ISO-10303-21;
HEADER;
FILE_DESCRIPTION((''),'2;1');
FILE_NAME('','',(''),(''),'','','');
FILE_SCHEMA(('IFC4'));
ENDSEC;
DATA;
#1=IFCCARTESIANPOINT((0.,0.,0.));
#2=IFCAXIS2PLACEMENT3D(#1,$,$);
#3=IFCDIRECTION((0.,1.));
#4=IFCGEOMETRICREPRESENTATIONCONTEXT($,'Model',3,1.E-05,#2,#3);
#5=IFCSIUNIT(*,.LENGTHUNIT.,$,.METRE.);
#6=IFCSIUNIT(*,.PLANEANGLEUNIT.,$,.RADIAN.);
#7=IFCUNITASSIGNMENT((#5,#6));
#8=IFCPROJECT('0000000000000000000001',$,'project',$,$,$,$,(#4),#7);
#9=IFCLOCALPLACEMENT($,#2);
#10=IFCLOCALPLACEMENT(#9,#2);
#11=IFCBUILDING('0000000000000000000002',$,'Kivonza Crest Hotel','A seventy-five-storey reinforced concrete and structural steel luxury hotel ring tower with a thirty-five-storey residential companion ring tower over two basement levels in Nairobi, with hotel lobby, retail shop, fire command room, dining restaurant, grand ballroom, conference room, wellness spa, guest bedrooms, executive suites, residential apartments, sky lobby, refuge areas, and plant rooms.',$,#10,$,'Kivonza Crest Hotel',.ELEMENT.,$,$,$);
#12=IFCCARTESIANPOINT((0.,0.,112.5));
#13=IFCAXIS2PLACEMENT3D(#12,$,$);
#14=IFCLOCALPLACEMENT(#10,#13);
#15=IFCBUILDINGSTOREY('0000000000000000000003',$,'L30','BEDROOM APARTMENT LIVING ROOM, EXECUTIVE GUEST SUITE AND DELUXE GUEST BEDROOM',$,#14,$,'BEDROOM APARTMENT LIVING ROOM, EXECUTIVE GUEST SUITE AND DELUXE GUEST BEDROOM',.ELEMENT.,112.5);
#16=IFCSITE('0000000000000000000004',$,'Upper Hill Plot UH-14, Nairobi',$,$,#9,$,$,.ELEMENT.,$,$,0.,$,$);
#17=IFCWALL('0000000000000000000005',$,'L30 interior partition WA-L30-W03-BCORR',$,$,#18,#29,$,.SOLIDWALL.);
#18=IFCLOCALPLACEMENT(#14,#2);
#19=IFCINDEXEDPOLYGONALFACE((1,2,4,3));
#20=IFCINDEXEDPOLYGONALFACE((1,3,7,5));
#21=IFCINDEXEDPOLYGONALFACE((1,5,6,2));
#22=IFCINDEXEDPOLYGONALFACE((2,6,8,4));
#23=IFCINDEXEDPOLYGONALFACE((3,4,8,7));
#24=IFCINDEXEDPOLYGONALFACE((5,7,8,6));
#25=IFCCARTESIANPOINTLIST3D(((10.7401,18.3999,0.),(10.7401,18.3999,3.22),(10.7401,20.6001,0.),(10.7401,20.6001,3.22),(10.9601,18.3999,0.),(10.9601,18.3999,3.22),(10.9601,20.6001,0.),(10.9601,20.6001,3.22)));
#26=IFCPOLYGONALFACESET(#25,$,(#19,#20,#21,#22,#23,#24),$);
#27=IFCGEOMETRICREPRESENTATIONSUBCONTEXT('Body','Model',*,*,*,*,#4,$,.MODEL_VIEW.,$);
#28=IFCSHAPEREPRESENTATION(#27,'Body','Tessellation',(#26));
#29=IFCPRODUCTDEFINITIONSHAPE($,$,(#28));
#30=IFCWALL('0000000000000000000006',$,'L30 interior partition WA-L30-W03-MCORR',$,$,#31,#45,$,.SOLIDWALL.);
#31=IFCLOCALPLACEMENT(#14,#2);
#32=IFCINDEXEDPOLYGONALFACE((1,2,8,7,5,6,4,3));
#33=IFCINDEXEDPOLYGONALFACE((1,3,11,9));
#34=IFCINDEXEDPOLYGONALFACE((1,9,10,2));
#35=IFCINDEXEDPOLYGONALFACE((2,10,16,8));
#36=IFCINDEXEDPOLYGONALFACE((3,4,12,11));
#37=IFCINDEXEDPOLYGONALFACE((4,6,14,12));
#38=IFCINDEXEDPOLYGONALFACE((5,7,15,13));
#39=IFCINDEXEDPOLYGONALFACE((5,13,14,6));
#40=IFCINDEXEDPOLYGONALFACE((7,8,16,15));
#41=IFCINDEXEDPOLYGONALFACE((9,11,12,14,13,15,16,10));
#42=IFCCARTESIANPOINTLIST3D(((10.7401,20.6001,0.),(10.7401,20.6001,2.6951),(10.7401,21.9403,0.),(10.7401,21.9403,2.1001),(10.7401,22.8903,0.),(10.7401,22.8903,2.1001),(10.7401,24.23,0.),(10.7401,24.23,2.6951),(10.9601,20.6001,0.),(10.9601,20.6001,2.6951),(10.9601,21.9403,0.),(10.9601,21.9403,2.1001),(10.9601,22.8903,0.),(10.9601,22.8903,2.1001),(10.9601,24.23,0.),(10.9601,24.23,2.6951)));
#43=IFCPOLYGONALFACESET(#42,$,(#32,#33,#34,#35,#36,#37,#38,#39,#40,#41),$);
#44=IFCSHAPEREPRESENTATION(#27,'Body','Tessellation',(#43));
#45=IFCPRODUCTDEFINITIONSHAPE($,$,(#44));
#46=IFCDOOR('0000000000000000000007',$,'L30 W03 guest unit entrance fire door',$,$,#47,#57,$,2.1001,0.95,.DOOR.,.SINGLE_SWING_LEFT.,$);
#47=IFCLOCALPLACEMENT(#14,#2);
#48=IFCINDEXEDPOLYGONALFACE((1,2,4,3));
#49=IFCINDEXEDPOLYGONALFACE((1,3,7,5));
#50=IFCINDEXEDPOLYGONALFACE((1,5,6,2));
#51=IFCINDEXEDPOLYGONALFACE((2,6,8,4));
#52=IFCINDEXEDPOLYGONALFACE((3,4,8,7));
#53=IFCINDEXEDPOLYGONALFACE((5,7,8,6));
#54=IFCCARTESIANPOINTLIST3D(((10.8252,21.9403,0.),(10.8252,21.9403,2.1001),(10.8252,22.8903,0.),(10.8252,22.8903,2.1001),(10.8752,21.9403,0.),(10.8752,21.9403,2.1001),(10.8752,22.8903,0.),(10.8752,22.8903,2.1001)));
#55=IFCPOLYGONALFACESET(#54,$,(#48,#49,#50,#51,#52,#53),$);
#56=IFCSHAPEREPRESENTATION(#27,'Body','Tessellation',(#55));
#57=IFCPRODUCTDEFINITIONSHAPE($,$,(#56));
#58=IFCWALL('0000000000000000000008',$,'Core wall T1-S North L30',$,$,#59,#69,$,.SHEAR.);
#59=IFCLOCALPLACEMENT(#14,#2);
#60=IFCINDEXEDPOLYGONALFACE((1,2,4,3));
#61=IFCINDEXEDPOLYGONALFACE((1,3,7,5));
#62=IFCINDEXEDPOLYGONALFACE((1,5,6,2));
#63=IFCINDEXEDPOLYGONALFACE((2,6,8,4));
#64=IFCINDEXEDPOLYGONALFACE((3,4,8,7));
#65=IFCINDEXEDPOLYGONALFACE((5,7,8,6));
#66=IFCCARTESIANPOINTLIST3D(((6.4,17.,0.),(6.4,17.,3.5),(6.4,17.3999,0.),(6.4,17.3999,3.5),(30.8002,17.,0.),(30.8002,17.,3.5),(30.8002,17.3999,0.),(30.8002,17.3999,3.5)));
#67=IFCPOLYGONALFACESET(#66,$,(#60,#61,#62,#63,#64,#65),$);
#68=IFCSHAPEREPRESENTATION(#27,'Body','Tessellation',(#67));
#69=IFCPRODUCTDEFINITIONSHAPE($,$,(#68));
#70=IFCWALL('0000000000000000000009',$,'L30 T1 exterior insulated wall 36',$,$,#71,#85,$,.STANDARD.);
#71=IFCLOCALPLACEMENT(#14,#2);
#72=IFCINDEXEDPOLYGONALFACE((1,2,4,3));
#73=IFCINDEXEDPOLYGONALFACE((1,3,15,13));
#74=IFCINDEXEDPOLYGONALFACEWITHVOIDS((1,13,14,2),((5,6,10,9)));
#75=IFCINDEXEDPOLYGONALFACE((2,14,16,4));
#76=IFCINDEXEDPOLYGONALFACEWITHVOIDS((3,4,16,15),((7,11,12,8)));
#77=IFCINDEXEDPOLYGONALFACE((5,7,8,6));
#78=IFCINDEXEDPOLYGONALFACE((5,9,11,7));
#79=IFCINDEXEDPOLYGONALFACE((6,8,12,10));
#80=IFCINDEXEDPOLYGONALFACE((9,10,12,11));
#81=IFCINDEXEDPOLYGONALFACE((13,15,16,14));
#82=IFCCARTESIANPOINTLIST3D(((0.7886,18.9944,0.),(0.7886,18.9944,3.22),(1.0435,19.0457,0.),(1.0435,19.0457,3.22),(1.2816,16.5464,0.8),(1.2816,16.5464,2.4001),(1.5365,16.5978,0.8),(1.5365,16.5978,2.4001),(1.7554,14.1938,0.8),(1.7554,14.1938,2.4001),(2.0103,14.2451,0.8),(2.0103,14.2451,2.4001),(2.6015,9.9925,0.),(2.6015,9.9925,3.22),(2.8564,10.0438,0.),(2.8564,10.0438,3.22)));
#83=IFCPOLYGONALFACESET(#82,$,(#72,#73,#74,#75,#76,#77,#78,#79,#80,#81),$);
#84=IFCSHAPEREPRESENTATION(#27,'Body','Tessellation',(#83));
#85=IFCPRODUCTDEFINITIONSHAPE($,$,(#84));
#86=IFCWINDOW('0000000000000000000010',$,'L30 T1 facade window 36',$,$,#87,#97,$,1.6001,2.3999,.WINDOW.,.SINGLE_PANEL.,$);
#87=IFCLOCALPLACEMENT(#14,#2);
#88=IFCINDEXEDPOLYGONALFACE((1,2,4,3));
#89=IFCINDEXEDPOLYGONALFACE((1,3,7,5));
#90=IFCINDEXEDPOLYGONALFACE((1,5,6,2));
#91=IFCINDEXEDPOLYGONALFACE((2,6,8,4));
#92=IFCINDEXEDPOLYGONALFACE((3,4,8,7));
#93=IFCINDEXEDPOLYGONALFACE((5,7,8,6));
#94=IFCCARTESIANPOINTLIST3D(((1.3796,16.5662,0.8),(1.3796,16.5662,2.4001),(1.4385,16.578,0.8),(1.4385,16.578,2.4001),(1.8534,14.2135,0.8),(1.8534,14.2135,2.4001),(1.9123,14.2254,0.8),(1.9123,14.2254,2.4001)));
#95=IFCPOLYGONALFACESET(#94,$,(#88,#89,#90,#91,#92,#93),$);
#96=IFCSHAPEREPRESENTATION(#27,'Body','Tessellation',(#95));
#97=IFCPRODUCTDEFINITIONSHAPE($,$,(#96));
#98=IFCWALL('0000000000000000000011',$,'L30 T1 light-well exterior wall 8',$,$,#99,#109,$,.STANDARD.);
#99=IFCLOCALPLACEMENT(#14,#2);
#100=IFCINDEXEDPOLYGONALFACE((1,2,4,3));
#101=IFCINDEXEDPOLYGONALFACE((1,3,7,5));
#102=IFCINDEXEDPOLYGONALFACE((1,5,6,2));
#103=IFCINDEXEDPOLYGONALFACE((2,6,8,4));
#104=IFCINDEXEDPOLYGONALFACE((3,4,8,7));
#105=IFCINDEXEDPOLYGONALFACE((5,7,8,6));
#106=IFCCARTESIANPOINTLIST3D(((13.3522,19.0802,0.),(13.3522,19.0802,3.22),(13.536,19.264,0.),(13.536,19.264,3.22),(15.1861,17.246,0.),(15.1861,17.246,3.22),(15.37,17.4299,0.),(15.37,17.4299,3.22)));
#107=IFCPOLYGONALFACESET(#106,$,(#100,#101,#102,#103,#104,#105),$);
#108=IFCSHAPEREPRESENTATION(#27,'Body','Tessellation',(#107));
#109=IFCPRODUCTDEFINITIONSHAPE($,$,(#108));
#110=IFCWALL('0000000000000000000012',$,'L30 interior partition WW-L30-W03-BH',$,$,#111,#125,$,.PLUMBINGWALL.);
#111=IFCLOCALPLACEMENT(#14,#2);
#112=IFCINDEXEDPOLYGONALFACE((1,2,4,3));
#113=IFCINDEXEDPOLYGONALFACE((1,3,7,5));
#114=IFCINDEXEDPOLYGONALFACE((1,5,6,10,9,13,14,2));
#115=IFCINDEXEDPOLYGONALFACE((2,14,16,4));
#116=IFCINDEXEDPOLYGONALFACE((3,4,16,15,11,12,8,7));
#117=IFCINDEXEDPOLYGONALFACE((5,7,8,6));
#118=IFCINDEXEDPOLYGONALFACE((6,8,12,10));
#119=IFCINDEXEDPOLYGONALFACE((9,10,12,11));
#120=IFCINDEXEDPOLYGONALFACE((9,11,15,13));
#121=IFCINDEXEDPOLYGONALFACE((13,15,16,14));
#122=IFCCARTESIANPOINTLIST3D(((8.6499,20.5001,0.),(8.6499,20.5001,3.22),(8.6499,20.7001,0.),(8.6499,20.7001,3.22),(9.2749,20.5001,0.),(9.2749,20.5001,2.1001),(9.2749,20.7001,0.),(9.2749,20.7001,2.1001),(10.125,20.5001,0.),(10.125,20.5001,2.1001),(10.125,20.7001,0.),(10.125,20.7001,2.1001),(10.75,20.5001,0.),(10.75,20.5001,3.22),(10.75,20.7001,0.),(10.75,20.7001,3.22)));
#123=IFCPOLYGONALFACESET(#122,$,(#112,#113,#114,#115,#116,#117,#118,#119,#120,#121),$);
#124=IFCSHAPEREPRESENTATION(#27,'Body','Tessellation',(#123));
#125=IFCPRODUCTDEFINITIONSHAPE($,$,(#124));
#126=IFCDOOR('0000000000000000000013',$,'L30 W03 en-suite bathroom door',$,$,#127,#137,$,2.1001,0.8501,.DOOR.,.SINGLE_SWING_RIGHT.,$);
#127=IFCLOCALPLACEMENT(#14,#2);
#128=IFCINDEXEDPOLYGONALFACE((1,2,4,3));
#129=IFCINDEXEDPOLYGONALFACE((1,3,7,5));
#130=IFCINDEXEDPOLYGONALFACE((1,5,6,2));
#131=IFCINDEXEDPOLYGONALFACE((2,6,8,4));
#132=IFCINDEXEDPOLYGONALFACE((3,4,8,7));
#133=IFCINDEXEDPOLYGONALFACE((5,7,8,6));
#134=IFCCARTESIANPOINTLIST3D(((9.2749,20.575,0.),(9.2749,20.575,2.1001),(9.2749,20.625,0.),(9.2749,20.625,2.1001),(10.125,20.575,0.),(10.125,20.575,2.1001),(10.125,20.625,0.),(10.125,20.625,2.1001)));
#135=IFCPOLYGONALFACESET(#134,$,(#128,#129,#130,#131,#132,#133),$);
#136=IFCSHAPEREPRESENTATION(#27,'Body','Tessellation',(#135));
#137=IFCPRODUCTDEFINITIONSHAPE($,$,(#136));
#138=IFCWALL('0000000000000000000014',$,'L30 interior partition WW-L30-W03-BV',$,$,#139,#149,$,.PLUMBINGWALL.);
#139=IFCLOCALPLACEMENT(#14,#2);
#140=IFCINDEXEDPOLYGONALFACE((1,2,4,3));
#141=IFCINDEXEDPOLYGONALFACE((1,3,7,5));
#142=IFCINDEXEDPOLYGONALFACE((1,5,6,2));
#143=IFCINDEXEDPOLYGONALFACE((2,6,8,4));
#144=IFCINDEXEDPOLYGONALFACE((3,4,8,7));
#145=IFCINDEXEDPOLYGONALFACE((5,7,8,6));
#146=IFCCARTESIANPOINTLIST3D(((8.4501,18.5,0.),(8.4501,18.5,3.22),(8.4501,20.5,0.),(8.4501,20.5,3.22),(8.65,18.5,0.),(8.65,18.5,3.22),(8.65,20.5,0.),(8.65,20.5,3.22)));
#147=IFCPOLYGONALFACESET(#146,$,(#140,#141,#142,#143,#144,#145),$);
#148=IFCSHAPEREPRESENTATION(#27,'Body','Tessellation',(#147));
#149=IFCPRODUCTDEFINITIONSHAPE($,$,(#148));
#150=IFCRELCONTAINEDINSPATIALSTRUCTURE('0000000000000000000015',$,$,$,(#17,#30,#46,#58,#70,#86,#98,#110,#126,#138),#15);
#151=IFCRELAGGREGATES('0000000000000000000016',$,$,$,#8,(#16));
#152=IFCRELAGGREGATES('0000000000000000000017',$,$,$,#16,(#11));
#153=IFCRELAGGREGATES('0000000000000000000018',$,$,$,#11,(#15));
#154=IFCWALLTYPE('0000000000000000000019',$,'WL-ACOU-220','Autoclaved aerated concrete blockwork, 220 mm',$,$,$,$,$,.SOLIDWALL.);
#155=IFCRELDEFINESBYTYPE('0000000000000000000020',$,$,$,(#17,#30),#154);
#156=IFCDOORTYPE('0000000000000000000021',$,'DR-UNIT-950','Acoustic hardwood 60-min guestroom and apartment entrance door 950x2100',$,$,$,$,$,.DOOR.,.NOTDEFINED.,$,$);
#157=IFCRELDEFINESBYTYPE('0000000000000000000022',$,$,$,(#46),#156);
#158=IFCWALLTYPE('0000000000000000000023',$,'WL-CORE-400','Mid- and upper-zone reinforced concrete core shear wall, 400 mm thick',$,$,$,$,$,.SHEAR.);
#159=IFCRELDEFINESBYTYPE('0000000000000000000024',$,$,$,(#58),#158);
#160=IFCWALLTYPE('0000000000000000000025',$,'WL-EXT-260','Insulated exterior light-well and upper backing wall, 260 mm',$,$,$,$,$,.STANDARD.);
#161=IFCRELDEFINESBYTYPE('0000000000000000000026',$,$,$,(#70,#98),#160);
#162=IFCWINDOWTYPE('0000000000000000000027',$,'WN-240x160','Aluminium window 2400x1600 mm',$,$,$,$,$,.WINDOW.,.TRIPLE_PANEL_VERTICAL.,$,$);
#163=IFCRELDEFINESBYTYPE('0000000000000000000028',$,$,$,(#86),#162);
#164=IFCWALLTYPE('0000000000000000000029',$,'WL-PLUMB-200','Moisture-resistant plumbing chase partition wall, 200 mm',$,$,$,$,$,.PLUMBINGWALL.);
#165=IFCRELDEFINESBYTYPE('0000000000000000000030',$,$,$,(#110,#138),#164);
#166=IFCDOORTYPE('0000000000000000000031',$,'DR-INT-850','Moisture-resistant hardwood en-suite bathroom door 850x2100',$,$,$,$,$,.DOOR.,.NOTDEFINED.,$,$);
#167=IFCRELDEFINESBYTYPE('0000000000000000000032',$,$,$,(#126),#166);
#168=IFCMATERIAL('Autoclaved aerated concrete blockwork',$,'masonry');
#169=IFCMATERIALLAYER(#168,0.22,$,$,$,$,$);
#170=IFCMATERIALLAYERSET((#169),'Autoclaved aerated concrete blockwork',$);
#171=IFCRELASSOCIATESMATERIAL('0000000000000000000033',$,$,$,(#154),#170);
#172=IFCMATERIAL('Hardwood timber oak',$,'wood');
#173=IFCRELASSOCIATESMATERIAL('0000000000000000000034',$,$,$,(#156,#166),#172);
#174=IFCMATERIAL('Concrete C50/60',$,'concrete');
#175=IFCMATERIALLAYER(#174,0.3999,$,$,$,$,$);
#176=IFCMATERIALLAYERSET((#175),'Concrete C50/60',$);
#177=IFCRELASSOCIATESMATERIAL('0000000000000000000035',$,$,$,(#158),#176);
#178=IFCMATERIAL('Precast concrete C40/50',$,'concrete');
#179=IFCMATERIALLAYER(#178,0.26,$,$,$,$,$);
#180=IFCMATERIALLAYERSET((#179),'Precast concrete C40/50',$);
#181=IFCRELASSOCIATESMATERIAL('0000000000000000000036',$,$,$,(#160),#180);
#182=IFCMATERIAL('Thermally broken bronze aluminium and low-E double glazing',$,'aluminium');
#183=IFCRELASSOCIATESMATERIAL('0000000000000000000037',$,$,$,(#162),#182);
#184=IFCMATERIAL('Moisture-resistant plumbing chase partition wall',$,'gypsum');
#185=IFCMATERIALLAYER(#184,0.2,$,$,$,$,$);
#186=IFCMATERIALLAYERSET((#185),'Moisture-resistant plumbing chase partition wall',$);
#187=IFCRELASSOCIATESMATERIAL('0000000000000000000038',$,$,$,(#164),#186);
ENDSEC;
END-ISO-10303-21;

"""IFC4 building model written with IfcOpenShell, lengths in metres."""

from ifc_helpers import new_model, si_unit, direction, frame, frame_2d, origin, place, context, subcontext, project, spatial, rectangle, extrude, material, layer, layer_set, type_object, element, fill, save


model = new_model("IFC4")

# Units and contexts
model_context = context("Model", 3, precision=1e-05, world=origin(), true_north=direction((0.0, 1.0)))
body_context = subcontext(model_context, "Body", "Model", "MODEL_VIEW")
ifc_project = project(units=[si_unit("LENGTHUNIT", "METRE"), si_unit("PLANEANGLEUNIT", "RADIAN")], contexts=[model_context])

# Site, building, storey
site_placement = place(None, origin())
site = spatial("IfcSite", under=ifc_project, at=site_placement, Name="Upper Hill Plot UH-14, Nairobi", CompositionType="ELEMENT", RefElevation=0.0)
building_placement = place(site_placement, origin())
building = spatial("IfcBuilding", under=site, at=building_placement, Name="Kivonza Crest Hotel", Description="A seventy-five-storey reinforced concrete and structural steel luxury hotel ring tower with a thirty-five-storey residential companion ring tower over two basement levels in Nairobi, with hotel lobby, retail shop, fire command room, dining restaurant, grand ballroom, conference room, wellness spa, guest bedrooms, executive suites, residential apartments, sky lobby, refuge areas, and plant rooms.", LongName="Kivonza Crest Hotel", CompositionType="ELEMENT")
storey_placement = place(building_placement, frame((0.0, 0.0, 112.5)))
storey = spatial("IfcBuildingStorey", under=building, at=storey_placement, Name="L30", Description="BEDROOM APARTMENT LIVING ROOM, EXECUTIVE GUEST SUITE AND DELUXE GUEST BEDROOM", LongName="BEDROOM APARTMENT LIVING ROOM, EXECUTIVE GUEST SUITE AND DELUXE GUEST BEDROOM", CompositionType="ELEMENT", Elevation=112.5)

# Shared definitions
ifc_material_1 = material(Name="Concrete C50/60", Category="concrete")

# Wall
ifc_material_2 = material(Name="Autoclaved aerated concrete blockwork", Category="masonry")
ifc_layer_1 = layer(ifc_material_2, 0.22)
ifc_layer_set_1 = layer_set([ifc_layer_1], Name="Autoclaved aerated concrete blockwork")
wall_type_1 = type_object("IfcWallType", Name="WL-ACOU-220", Description="Autoclaved aerated concrete blockwork, 220 mm", PredefinedType="SOLIDWALL", material=ifc_layer_set_1)
wall_1_placement = place(storey_placement, frame((10.8501, 18.3999, 0.0), z_axis=(0.0, 0.0, 1.0), x_axis=(0.0, 1.0, 0.0)))
element("IfcWall", 1, at=wall_1_placement, inside=storey, type_object=wall_type_1, Name="L30 interior partition WA-L30-W03-BCORR", PredefinedType="SOLIDWALL", context=body_context, shape_type="SweptSolid", body=[
    extrude(rectangle(XDim=2.2002, YDim=0.22, at=frame_2d((1.1001, 0.0))), origin(), (0.0, 0.0, 1.0), 3.22),
])

# Wall, opening, door
wall_2_placement = place(storey_placement, frame((10.8501, 20.6001, 0.0), z_axis=(0.0, 0.0, 1.0), x_axis=(0.0, 1.0, 0.0)))
wall_2 = element("IfcWall", 2, at=wall_2_placement, inside=storey, type_object=wall_type_1, Name="L30 interior partition WA-L30-W03-MCORR", PredefinedType="SOLIDWALL", context=body_context, shape_type="SweptSolid", body=[
    extrude(rectangle(XDim=3.6299, YDim=0.22, at=frame_2d((1.8149, 0.0))), origin(), (0.0, 0.0, 1.0), 2.6951),
])
opening_1_placement = place(wall_2_placement, frame((1.3401, 0.0, 0.0)))
opening_1 = element("IfcOpeningElement", 3, at=opening_1_placement, cuts=wall_2, PredefinedType="OPENING", context=body_context, shape_type="SweptSolid", body=[
    extrude(rectangle(XDim=0.95, YDim=2.1001, at=frame_2d((0.4751, 1.05))), frame((0.0, 0.1201, 0.0), z_axis=(0.0, -1.0, 0.0), x_axis=(1.0, 0.0, 0.0)), (0.0, 0.0, 1.0), 0.24),
])
ifc_material_3 = material(Name="Hardwood timber oak", Category="wood")
door_type_1 = type_object("IfcDoorType", Name="DR-UNIT-950", Description="Acoustic hardwood 60-min guestroom and apartment entrance door 950x2100", OperationType="NOTDEFINED", PredefinedType="DOOR", material=ifc_material_3)
door_1_placement = place(opening_1_placement, origin())
door_1 = element("IfcDoor", 4, at=door_1_placement, inside=storey, type_object=door_type_1, Name="L30 W03 guest unit entrance fire door", OperationType="SINGLE_SWING_LEFT", OverallHeight=2.1001, OverallWidth=0.95, PredefinedType="DOOR", context=body_context, shape_type="SweptSolid", body=[
    extrude(rectangle(XDim=0.95, YDim=2.1001, at=frame_2d((0.4751, 1.05))), frame((0.0, 0.0249, 0.0), z_axis=(0.0, -1.0, 0.0), x_axis=(1.0, 0.0, 0.0)), (0.0, 0.0, 1.0), 0.05),
])
fill(opening_1, door_1)

# Wall
ifc_layer_2 = layer(ifc_material_1, 0.3999)
ifc_layer_set_2 = layer_set([ifc_layer_2], Name="Concrete C50/60")
wall_type_2 = type_object("IfcWallType", Name="WL-CORE-400", Description="Mid- and upper-zone reinforced concrete core shear wall, 400 mm thick", PredefinedType="SHEAR", material=ifc_layer_set_2)
wall_3_placement = place(storey_placement, frame((6.3999, 17.2, 0.0), z_axis=(0.0, 0.0, 1.0), x_axis=(1.0, 0.0, 0.0)))
element("IfcWall", 5, at=wall_3_placement, inside=storey, type_object=wall_type_2, Name="Core wall T1-S North L30", PredefinedType="SHEAR", context=body_context, shape_type="SweptSolid", body=[
    extrude(rectangle(XDim=24.4001, YDim=0.3999, at=frame_2d((12.2002, 0.0))), origin(), (0.0, 0.0, 1.0), 3.5),
])

# Wall, opening, window
ifc_material_4 = material(Name="Precast concrete C40/50", Category="concrete")
ifc_layer_3 = layer(ifc_material_4, 0.26)
ifc_layer_set_3 = layer_set([ifc_layer_3], Name="Precast concrete C40/50")
wall_type_3 = type_object("IfcWallType", Name="WL-EXT-260", Description="Insulated exterior light-well and upper backing wall, 260 mm", PredefinedType="STANDARD", material=ifc_layer_set_3)
wall_4_placement = place(storey_placement, frame((0.916, 19.02, 0.0), z_axis=(0.0, 0.0, 1.0), x_axis=(0.197435, -0.980316, 0.0)))
wall_4 = element("IfcWall", 6, at=wall_4_placement, inside=storey, type_object=wall_type_3, Name="L30 T1 exterior insulated wall 36", PredefinedType="STANDARD", context=body_context, shape_type="SweptSolid", body=[
    extrude(rectangle(XDim=9.1826, YDim=0.26, at=frame_2d((4.5913, 0.0))), origin(), (0.0, 0.0, 1.0), 3.22),
])
opening_2_placement = place(wall_4_placement, frame((2.4971, 0.0, 0.8)))
opening_2 = element("IfcOpeningElement", 7, at=opening_2_placement, cuts=wall_4, PredefinedType="OPENING", context=body_context, shape_type="SweptSolid", body=[
    extrude(rectangle(XDim=2.3999, YDim=1.6001, at=frame_2d((1.2, 0.8))), frame((0.0, 0.1401, 0.0), z_axis=(0.0, -1.0, 0.0), x_axis=(1.0, 0.0, 0.0)), (0.0, 0.0, 1.0), 0.28),
])
ifc_material_5 = material(Name="Thermally broken bronze aluminium and low-E double glazing", Category="aluminium")
window_type = type_object("IfcWindowType", Name="WN-240x160", Description="Aluminium window 2400x1600 mm", PartitioningType="TRIPLE_PANEL_VERTICAL", PredefinedType="WINDOW", material=ifc_material_5)
window_placement = place(opening_2_placement, origin())
window = element("IfcWindow", 8, at=window_placement, inside=storey, type_object=window_type, Name="L30 T1 facade window 36", OverallHeight=1.6001, OverallWidth=2.3999, PartitioningType="SINGLE_PANEL", PredefinedType="WINDOW", context=body_context, shape_type="SweptSolid", body=[
    extrude(rectangle(XDim=2.3999, YDim=1.6001, at=frame_2d((1.2, 0.8))), frame((0.0, 0.03, 0.0), z_axis=(0.0, -1.0, 0.0), x_axis=(1.0, 0.0, 0.0)), (0.0, 0.0, 1.0), 0.0601),
])
fill(opening_2, window)

# Wall
wall_5_placement = place(storey_placement, frame((13.4441, 19.1721, 0.0), z_axis=(0.0, 0.0, 1.0), x_axis=(0.70706, -0.707154, 0.0)))
element("IfcWall", 9, at=wall_5_placement, inside=storey, type_object=wall_type_3, Name="L30 T1 light-well exterior wall 8", PredefinedType="STANDARD", context=body_context, shape_type="SweptSolid", body=[
    extrude(rectangle(XDim=2.5938, YDim=0.26, at=frame_2d((1.2969, 0.0))), origin(), (0.0, 0.0, 1.0), 3.22),
])

# Wall, opening, door
ifc_material_6 = material(Name="Moisture-resistant plumbing chase partition wall", Category="gypsum")
ifc_layer_4 = layer(ifc_material_6, 0.2)
ifc_layer_set_4 = layer_set([ifc_layer_4], Name="Moisture-resistant plumbing chase partition wall")
wall_type_4 = type_object("IfcWallType", Name="WL-PLUMB-200", Description="Moisture-resistant plumbing chase partition wall, 200 mm", PredefinedType="PLUMBINGWALL", material=ifc_layer_set_4)
wall_6_placement = place(storey_placement, frame((8.6499, 20.6001, 0.0), z_axis=(0.0, 0.0, 1.0), x_axis=(1.0, 0.0, 0.0)))
wall_6 = element("IfcWall", 10, at=wall_6_placement, inside=storey, type_object=wall_type_4, Name="L30 interior partition WW-L30-W03-BH", PredefinedType="PLUMBINGWALL", context=body_context, shape_type="SweptSolid", body=[
    extrude(rectangle(XDim=2.1001, YDim=0.2, at=frame_2d((1.05, 0.0))), origin(), (0.0, 0.0, 1.0), 3.22),
])
opening_3_placement = place(wall_6_placement, frame((0.625, 0.0, 0.0)))
opening_3 = element("IfcOpeningElement", 11, at=opening_3_placement, cuts=wall_6, PredefinedType="OPENING", context=body_context, shape_type="SweptSolid", body=[
    extrude(rectangle(XDim=0.8501, YDim=2.1001, at=frame_2d((0.425, 1.05))), frame((0.0, 0.1099, 0.0), z_axis=(0.0, -1.0, 0.0), x_axis=(1.0, 0.0, 0.0)), (0.0, 0.0, 1.0), 0.22),
])
door_type_2 = type_object("IfcDoorType", Name="DR-INT-850", Description="Moisture-resistant hardwood en-suite bathroom door 850x2100", OperationType="NOTDEFINED", PredefinedType="DOOR", material=ifc_material_3)
door_2_placement = place(opening_3_placement, origin())
door_2 = element("IfcDoor", 12, at=door_2_placement, inside=storey, type_object=door_type_2, Name="L30 W03 en-suite bathroom door", OperationType="SINGLE_SWING_RIGHT", OverallHeight=2.1001, OverallWidth=0.8501, PredefinedType="DOOR", context=body_context, shape_type="SweptSolid", body=[
    extrude(rectangle(XDim=0.8501, YDim=2.1001, at=frame_2d((0.425, 1.05))), frame((0.0, 0.0249, 0.0), z_axis=(0.0, -1.0, 0.0), x_axis=(1.0, 0.0, 0.0)), (0.0, 0.0, 1.0), 0.05),
])
fill(opening_3, door_2)

# Wall
wall_7_placement = place(storey_placement, frame((8.55, 18.5, 0.0), z_axis=(0.0, 0.0, 1.0), x_axis=(0.0, 1.0, 0.0)))
element("IfcWall", 13, at=wall_7_placement, inside=storey, type_object=wall_type_4, Name="L30 interior partition WW-L30-W03-BV", PredefinedType="PLUMBINGWALL", context=body_context, shape_type="SweptSolid", body=[
    extrude(rectangle(XDim=2.0, YDim=0.2, at=frame_2d((1.0, 0.0))), origin(), (0.0, 0.0, 1.0), 3.22),
])

save(model, "model.ifc")
